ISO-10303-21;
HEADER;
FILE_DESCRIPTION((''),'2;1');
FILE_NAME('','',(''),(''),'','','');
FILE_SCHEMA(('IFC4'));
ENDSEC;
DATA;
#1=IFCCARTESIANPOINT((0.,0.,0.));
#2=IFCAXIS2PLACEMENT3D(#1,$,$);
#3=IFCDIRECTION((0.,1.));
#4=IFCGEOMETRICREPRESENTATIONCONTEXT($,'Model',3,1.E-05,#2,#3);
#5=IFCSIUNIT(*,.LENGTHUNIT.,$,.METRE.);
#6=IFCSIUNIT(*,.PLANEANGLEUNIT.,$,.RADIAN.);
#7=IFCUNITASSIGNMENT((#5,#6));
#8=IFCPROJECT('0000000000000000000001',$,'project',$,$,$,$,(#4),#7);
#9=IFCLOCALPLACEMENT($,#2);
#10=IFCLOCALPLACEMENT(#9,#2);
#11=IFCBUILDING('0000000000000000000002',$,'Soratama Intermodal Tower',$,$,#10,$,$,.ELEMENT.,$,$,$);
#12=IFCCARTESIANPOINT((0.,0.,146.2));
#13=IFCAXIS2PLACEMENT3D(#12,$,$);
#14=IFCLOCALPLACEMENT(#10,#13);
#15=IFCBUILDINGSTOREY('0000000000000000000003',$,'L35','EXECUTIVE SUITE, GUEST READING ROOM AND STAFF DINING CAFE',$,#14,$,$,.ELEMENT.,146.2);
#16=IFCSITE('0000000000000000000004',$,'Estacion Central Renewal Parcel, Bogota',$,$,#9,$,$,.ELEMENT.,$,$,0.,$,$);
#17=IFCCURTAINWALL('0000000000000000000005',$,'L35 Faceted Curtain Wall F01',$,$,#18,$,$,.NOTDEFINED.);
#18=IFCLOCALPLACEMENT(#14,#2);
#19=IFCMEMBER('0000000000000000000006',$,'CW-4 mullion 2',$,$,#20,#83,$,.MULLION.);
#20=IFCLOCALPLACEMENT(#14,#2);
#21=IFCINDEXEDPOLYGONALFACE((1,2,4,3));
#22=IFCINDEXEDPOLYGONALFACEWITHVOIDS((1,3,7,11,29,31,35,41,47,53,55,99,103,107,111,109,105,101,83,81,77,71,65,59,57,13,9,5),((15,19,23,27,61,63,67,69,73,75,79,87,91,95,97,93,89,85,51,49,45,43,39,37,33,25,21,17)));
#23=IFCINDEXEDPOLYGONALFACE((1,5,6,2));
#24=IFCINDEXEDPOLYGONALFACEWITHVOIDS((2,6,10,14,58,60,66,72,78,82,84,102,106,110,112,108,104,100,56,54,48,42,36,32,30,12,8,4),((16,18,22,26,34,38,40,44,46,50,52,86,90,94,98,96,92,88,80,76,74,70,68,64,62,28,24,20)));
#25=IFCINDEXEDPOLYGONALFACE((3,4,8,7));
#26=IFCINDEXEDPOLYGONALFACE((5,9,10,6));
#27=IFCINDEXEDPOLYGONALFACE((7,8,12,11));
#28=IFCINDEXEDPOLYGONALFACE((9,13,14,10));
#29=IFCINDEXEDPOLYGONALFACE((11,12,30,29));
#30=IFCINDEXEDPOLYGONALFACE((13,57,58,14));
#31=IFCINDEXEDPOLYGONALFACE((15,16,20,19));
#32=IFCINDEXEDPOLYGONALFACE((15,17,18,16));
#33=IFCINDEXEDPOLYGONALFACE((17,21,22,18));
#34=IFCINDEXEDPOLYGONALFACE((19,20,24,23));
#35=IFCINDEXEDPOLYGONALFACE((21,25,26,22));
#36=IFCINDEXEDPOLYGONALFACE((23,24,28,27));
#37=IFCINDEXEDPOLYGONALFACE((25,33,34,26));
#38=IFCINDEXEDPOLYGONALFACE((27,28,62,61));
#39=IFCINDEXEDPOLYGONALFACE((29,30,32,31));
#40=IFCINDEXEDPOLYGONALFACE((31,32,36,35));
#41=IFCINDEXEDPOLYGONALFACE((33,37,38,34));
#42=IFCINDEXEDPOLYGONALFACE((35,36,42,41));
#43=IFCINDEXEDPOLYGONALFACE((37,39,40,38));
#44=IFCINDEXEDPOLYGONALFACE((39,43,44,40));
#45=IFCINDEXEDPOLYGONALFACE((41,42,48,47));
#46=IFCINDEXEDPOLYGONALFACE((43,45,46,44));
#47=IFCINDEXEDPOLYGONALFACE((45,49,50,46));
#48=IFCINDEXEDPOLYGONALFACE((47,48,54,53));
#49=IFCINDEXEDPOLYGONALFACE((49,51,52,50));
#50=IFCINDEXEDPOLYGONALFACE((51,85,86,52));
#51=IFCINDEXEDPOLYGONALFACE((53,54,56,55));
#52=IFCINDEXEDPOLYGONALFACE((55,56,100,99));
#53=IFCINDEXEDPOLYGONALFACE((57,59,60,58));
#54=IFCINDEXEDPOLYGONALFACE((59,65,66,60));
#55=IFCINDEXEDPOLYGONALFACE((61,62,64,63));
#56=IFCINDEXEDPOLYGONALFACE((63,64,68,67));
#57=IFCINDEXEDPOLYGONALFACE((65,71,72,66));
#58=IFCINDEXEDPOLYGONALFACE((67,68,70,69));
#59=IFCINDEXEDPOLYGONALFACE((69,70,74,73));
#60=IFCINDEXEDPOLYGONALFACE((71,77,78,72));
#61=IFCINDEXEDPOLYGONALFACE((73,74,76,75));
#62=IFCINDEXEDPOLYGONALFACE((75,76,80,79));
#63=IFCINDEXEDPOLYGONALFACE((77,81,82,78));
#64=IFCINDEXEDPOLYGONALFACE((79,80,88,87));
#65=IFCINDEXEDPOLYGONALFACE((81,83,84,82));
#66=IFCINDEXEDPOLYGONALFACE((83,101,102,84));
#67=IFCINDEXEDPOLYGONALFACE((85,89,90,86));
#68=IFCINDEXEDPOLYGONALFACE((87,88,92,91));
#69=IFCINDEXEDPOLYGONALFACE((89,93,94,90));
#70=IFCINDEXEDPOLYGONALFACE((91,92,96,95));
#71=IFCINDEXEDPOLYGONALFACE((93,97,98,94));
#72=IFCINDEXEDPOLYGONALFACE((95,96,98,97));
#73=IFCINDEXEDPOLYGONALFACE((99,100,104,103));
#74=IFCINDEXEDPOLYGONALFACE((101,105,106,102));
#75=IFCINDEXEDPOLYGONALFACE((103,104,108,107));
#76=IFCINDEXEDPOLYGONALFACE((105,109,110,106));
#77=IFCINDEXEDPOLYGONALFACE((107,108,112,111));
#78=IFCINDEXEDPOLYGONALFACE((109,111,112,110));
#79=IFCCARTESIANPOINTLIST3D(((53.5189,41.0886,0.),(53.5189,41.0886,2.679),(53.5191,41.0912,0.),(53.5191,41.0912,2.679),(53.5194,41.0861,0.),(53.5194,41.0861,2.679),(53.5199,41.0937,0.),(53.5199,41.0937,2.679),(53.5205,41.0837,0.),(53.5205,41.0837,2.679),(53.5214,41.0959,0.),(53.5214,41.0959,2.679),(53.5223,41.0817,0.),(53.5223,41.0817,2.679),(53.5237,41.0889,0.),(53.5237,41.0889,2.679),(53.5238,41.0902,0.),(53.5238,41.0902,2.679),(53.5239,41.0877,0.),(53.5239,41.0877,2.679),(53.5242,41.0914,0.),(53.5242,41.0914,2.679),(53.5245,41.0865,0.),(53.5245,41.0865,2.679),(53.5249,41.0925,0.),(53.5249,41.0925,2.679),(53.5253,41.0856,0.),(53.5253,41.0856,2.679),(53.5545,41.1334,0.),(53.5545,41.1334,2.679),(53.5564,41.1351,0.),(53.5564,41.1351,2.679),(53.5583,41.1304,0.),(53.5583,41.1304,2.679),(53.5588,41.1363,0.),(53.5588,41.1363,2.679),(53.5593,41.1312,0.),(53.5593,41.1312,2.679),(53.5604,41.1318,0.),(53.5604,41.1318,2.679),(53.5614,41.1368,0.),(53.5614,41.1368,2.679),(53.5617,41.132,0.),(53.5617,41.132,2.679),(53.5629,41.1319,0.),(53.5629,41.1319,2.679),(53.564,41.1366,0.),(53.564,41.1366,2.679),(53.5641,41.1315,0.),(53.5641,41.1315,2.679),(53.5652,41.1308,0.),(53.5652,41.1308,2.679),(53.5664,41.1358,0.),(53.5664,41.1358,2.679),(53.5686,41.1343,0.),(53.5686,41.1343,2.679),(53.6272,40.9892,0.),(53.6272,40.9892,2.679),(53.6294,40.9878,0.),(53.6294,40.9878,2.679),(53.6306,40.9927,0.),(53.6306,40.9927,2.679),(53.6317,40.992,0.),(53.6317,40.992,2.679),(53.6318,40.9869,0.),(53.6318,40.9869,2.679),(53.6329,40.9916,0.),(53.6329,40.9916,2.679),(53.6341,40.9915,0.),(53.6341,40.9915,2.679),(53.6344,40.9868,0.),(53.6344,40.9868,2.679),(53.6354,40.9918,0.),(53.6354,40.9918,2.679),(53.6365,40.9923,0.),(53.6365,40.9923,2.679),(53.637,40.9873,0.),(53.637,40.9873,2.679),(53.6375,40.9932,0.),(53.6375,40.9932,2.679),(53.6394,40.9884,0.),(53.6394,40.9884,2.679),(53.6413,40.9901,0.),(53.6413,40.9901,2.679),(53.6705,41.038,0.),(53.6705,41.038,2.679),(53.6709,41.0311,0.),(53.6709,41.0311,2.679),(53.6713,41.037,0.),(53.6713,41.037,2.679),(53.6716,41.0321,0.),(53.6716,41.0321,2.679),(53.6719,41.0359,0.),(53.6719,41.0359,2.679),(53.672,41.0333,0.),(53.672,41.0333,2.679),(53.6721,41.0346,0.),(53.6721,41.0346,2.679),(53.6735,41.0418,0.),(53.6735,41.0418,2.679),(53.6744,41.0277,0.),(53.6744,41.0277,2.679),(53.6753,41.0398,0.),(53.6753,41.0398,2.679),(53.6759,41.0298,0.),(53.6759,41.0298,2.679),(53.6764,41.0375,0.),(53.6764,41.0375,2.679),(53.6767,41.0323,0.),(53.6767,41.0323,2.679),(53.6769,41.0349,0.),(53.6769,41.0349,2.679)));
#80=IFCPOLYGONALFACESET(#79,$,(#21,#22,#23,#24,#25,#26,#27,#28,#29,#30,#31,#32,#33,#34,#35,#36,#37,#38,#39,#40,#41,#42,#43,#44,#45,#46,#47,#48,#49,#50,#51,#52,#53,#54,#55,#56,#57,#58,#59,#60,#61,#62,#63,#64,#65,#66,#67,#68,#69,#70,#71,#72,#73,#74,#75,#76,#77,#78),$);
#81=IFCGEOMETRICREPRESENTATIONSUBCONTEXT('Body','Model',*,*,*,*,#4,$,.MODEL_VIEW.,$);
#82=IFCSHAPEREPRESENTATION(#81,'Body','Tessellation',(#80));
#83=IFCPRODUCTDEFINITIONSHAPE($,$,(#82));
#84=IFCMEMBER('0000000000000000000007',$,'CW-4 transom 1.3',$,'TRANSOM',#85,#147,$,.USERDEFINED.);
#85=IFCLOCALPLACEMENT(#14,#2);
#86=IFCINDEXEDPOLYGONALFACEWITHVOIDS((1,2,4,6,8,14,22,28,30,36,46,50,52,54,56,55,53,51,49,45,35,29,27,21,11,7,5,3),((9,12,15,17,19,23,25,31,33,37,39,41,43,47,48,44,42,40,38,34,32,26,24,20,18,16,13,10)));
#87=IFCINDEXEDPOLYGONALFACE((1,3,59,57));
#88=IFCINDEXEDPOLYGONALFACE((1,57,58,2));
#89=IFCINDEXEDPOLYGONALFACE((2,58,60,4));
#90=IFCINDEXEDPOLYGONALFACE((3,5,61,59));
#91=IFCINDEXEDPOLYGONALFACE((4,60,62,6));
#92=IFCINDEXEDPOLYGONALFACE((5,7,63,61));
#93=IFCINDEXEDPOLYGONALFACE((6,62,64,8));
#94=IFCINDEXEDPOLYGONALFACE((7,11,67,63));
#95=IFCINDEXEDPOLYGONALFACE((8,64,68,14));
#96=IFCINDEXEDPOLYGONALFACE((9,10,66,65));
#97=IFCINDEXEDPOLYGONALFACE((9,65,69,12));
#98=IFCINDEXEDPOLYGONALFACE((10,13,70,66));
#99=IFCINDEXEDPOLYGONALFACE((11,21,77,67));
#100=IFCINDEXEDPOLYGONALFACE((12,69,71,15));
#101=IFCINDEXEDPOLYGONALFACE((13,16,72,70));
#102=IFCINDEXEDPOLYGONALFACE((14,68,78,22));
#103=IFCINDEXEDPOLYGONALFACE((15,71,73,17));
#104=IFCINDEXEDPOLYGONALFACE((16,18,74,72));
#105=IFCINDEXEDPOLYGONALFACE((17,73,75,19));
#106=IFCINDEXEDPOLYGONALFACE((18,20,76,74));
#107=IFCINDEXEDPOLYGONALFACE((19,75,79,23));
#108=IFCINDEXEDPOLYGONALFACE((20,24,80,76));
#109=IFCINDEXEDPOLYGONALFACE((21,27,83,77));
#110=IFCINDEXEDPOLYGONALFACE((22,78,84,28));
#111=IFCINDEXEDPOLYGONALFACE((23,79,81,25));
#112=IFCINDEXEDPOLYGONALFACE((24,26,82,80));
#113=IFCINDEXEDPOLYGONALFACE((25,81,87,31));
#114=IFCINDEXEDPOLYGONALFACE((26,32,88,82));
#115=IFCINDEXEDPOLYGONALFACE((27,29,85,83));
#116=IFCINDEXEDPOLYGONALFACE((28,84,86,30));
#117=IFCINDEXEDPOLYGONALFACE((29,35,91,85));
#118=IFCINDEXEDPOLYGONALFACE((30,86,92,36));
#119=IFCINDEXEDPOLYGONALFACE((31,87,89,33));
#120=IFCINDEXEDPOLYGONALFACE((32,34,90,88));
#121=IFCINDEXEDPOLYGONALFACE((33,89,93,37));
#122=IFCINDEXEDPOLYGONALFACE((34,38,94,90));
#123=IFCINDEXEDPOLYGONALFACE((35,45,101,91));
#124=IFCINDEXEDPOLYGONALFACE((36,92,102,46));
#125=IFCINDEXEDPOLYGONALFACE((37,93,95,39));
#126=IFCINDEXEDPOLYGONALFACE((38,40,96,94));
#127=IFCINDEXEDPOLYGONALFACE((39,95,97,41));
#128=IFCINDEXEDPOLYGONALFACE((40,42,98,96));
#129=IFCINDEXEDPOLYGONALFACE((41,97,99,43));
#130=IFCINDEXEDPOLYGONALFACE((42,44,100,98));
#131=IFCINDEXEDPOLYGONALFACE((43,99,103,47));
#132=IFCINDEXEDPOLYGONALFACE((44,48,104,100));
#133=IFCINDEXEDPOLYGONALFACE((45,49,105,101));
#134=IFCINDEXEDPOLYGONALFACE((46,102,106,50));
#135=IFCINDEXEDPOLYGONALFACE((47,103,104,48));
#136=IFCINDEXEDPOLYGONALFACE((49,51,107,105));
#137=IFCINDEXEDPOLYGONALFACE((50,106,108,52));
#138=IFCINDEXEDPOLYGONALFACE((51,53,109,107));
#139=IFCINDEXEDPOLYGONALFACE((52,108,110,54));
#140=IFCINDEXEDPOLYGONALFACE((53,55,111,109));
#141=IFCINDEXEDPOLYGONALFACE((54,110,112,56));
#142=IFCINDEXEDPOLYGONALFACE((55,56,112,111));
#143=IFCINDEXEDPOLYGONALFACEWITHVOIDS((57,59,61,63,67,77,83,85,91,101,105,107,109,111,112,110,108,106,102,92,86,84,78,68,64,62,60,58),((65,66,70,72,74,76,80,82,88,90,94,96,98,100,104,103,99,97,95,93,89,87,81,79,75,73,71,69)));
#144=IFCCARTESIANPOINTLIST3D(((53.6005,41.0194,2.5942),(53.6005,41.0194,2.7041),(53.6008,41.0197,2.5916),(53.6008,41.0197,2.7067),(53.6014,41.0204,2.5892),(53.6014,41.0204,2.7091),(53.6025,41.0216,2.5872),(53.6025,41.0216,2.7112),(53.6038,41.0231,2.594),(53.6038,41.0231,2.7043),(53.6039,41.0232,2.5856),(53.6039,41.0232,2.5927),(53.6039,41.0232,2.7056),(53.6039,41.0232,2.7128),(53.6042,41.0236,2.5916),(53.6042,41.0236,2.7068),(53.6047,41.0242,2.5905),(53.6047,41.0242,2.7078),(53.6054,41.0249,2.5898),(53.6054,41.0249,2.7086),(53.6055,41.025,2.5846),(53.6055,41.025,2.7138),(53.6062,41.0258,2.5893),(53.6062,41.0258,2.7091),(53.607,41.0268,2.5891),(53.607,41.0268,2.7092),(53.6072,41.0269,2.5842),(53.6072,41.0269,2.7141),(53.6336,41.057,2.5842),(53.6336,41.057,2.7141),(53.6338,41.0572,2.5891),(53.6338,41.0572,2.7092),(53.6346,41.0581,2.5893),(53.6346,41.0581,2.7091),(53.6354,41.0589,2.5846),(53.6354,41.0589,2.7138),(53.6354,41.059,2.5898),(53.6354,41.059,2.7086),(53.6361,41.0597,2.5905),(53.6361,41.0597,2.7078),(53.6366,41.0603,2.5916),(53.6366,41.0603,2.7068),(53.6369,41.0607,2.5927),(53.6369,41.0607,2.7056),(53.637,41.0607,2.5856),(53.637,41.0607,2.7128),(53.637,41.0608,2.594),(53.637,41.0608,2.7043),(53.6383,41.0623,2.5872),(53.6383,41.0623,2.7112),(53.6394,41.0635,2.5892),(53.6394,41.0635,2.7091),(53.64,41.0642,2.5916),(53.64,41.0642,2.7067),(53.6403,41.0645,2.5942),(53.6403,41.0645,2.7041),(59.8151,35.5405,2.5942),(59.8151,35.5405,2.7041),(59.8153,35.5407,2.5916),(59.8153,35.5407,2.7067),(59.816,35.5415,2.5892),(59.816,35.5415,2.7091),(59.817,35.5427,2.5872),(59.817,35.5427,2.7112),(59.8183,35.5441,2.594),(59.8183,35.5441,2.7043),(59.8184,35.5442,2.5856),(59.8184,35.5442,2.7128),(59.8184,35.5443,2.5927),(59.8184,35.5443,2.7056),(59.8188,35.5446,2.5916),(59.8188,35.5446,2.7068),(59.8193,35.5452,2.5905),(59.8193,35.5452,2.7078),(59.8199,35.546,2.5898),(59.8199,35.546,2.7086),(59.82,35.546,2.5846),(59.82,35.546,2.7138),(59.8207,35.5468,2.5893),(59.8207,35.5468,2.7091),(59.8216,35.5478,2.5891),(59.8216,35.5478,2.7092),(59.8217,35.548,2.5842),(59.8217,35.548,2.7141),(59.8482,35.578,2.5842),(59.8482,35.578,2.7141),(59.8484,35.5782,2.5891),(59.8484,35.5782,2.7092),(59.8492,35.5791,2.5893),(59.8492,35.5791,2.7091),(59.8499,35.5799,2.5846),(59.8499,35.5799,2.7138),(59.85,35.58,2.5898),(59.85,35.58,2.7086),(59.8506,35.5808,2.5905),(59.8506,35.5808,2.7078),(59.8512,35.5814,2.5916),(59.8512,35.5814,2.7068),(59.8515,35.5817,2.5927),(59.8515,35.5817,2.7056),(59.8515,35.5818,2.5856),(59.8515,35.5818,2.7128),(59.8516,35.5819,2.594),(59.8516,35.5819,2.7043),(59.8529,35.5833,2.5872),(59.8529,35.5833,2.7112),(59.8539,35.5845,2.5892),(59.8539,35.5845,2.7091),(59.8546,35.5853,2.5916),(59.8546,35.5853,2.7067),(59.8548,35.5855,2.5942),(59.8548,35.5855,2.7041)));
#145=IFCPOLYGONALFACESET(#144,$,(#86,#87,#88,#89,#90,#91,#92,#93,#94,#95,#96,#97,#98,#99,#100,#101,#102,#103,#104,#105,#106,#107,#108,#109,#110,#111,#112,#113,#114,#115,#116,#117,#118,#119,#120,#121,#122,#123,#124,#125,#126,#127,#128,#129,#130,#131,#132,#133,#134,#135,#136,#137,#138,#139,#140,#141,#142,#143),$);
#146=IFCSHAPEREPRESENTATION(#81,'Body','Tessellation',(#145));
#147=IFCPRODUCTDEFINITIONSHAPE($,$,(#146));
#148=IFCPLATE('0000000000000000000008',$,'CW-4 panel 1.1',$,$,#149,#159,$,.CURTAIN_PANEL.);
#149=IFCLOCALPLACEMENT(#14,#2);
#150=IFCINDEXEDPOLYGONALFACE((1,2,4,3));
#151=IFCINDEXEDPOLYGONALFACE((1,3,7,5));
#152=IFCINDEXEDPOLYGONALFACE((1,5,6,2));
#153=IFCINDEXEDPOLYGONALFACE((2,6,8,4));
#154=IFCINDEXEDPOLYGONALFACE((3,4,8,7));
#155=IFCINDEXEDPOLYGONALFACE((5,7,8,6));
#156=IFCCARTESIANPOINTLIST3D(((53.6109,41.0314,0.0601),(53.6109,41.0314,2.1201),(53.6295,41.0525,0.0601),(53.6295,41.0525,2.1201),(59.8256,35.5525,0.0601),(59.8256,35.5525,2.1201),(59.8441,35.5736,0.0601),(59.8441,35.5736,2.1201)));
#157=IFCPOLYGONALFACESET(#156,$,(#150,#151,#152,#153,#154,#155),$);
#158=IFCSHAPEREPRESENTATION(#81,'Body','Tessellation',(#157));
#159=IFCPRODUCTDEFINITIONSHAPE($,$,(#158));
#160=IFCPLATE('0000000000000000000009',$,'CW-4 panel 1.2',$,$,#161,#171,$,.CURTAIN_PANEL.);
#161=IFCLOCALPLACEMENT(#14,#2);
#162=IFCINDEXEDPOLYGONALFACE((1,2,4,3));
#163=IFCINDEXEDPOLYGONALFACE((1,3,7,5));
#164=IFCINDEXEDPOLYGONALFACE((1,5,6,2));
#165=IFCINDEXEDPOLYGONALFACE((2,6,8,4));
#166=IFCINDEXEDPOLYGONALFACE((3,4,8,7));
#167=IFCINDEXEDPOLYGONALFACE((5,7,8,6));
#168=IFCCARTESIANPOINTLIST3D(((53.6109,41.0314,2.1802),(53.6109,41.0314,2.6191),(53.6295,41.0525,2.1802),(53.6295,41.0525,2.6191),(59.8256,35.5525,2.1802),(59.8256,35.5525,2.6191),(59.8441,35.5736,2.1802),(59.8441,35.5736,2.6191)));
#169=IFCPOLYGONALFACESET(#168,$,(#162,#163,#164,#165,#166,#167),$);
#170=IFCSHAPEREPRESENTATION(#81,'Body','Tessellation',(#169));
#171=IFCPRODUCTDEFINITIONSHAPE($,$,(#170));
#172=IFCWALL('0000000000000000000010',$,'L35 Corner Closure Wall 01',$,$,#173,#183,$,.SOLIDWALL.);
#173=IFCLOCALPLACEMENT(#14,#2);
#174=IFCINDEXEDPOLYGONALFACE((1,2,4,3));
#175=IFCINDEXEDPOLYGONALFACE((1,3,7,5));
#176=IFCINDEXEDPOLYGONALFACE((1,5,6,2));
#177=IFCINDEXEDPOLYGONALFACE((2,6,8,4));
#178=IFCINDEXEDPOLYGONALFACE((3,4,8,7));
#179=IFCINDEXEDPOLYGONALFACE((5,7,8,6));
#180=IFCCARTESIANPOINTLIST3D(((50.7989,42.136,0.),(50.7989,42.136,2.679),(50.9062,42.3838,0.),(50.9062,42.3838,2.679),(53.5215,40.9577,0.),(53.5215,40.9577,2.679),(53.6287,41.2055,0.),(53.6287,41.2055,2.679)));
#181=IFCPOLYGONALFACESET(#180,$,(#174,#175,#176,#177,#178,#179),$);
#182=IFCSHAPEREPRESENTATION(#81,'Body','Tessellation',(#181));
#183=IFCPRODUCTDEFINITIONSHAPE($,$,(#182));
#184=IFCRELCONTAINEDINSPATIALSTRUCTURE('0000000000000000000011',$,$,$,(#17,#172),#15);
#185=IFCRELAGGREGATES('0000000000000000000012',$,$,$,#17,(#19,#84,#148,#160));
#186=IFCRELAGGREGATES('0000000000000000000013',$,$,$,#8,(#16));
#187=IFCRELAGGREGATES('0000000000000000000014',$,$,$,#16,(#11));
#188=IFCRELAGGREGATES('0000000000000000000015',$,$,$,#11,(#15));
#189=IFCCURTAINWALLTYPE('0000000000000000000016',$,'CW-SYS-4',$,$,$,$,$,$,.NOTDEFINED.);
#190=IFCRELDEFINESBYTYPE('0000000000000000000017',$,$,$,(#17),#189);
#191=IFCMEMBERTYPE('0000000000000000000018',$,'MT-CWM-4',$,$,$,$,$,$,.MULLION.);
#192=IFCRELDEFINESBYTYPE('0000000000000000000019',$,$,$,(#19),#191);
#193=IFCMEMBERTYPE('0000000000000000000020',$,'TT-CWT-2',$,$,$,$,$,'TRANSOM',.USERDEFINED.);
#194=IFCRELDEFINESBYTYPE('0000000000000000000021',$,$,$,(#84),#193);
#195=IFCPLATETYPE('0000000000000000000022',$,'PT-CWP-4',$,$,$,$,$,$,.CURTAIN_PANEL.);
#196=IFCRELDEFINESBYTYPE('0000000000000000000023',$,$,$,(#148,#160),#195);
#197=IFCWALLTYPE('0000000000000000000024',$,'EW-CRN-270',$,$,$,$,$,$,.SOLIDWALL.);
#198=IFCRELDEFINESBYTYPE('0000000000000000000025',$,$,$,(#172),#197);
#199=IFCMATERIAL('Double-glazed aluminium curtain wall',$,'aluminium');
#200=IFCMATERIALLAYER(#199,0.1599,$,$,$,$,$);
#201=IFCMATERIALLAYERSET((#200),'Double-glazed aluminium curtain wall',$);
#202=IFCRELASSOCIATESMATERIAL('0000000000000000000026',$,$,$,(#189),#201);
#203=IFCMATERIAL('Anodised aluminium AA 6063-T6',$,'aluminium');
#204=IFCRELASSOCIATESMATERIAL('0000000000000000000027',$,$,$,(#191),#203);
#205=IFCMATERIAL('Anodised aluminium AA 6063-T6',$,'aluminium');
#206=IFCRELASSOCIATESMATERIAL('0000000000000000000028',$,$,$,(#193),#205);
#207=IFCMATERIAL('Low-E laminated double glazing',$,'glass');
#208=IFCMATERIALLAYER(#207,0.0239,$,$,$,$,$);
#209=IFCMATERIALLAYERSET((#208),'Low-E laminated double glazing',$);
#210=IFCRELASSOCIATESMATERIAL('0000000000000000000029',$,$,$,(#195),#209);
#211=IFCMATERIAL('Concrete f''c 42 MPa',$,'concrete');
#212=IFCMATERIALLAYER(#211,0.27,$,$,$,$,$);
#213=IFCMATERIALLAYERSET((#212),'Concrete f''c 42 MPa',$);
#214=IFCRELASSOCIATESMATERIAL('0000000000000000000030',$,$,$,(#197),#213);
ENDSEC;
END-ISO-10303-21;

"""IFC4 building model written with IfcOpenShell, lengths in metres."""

from ifc_helpers import new_model, si_unit, direction, frame, frame_2d, origin, origin_2d, place, context, subcontext, project, spatial, rectangle, hollow_rectangle, extrude, material, layer, layer_set, material_profile, profile_set, type_object, element, aggregate, save


model = new_model("IFC4")

# Units and contexts
model_context = context("Model", 3, precision=1e-05, world=origin(), true_north=direction((0.0, 1.0)))
body_context = subcontext(model_context, "Body", "Model", "MODEL_VIEW")
ifc_project = project(units=[si_unit("LENGTHUNIT", "METRE"), si_unit("PLANEANGLEUNIT", "RADIAN")], contexts=[model_context])

# Site, building, storey
site_placement = place(None, origin())
site = spatial("IfcSite", under=ifc_project, at=site_placement, Name="Estacion Central Renewal Parcel, Bogota", CompositionType="ELEMENT", RefElevation=0.0)
building_placement = place(site_placement, origin())
building = spatial("IfcBuilding", under=site, at=building_placement, Name="Soratama Intermodal Tower", CompositionType="ELEMENT")
storey_placement = place(building_placement, frame((0.0, 0.0, 146.2)))
storey = spatial("IfcBuildingStorey", under=building, at=storey_placement, Name="L35", Description="EXECUTIVE SUITE, GUEST READING ROOM AND STAFF DINING CAFE", CompositionType="ELEMENT", Elevation=146.2)

# Curtain wall, members, plates
ifc_material_1 = material(Name="Double-glazed aluminium curtain wall", Category="aluminium")
ifc_layer_1 = layer(ifc_material_1, 0.1599)
ifc_layer_set_1 = layer_set([ifc_layer_1], Name="Double-glazed aluminium curtain wall")
curtain_wall_type = type_object("IfcCurtainWallType", Name="CW-SYS-4", PredefinedType="NOTDEFINED", material=ifc_layer_set_1)
curtain_wall_placement = place(storey_placement, origin())
curtain_wall = element("IfcCurtainWall", 1, at=curtain_wall_placement, inside=storey, type_object=curtain_wall_type, Name="L35 Faceted Curtain Wall F01", PredefinedType="NOTDEFINED")
ifc_material_2 = material(Name="Anodised aluminium AA 6063-T6", Category="aluminium")
ifc_material_profile_1 = material_profile(ifc_material_2, hollow_rectangle(XDim=0.0701, YDim=0.1599, WallThickness=0.0049, InnerFilletRadius=0.0049, OuterFilletRadius=0.01, at=origin_2d()), Name="CWM160X70X5")
ifc_profile_set_1 = profile_set([ifc_material_profile_1], Name="Anodised aluminium AA 6063-T6")
member_type_1 = type_object("IfcMemberType", Name="MT-CWM-4", PredefinedType="MULLION", material=ifc_profile_set_1)
member_1_placement = place(storey_placement, frame((53.5979, 41.0618, 0.0), z_axis=(0.0, 0.0, 1.0), x_axis=(-0.661309, -0.750113, 0.0)))
member_1 = element("IfcMember", 2, at=member_1_placement, type_object=member_type_1, Name="CW-4 mullion 2", PredefinedType="MULLION", context=body_context, shape_type="SweptSolid", body=[
    extrude(hollow_rectangle(XDim=0.0701, YDim=0.1599, WallThickness=0.0049, InnerFilletRadius=0.0049, OuterFilletRadius=0.01, at=origin_2d()), origin(), (0.0, 0.0, 1.0), 2.679),
])
ifc_material_3 = material(Name="Anodised aluminium AA 6063-T6", Category="aluminium")
ifc_material_profile_2 = material_profile(ifc_material_3, hollow_rectangle(XDim=0.0601, YDim=0.1299, WallThickness=0.0049, InnerFilletRadius=0.0049, OuterFilletRadius=0.01, at=origin_2d()), Name="CWT130X60X5")
ifc_profile_set_2 = profile_set([ifc_material_profile_2], Name="Anodised aluminium AA 6063-T6")
member_type_2 = type_object("IfcMemberType", Name="TT-CWT-2", ElementType="TRANSOM", PredefinedType="USERDEFINED", material=ifc_profile_set_2)
member_2_placement = place(storey_placement, frame((59.835, 35.563, 2.6492), z_axis=(-0.750105, 0.661318, 0.0), x_axis=(-0.661318, -0.750105, 0.0)))
member_2 = element("IfcMember", 3, at=member_2_placement, type_object=member_type_2, Name="CW-4 transom 1.3", ObjectType="TRANSOM", PredefinedType="USERDEFINED", context=body_context, shape_type="SweptSolid", body=[
    extrude(hollow_rectangle(XDim=0.0601, YDim=0.1299, WallThickness=0.0049, InnerFilletRadius=0.0049, OuterFilletRadius=0.01, at=origin_2d()), origin(), (0.0, 0.0, 1.0), 8.2849),
])
ifc_material_4 = material(Name="Low-E laminated double glazing", Category="glass")
ifc_layer_2 = layer(ifc_material_4, 0.0239)
ifc_layer_set_2 = layer_set([ifc_layer_2], Name="Low-E laminated double glazing")
plate_type = type_object("IfcPlateType", Name="PT-CWP-4", PredefinedType="CURTAIN_PANEL", material=ifc_layer_set_2)
plate_1_placement = place(storey_placement, frame((56.7275, 38.3025, 0.0601), z_axis=(0.0, 0.0, 1.0), x_axis=(-0.750113, 0.661309, 0.0)))
plate_1 = element("IfcPlate", 4, at=plate_1_placement, type_object=plate_type, Name="CW-4 panel 1.1", PredefinedType="CURTAIN_PANEL", context=body_context, shape_type="SweptSolid", body=[
    extrude(rectangle(XDim=8.2849, YDim=0.0281, at=origin_2d()), origin(), (0.0, 0.0, 1.0), 2.0601),
])
plate_2_placement = place(storey_placement, frame((56.7275, 38.3025, 2.1802), z_axis=(0.0, 0.0, 1.0), x_axis=(-0.750113, 0.661309, 0.0)))
plate_2 = element("IfcPlate", 5, at=plate_2_placement, type_object=plate_type, Name="CW-4 panel 1.2", PredefinedType="CURTAIN_PANEL", context=body_context, shape_type="SweptSolid", body=[
    extrude(rectangle(XDim=8.2849, YDim=0.0281, at=origin_2d()), origin(), (0.0, 0.0, 1.0), 0.439),
])
aggregate(curtain_wall, [member_1, member_2, plate_1, plate_2])

# Wall
ifc_material_5 = material(Name="Concrete f'c 42 MPa", Category="concrete")
ifc_layer_3 = layer(ifc_material_5, 0.27)
ifc_layer_set_3 = layer_set([ifc_layer_3], Name="Concrete f'c 42 MPa")
wall_type_1 = type_object("IfcWallType", Name="EW-CRN-270", PredefinedType="SOLIDWALL", material=ifc_layer_set_3)
wall_1_placement = place(storey_placement, frame((53.5752, 41.0815, 0.0), z_axis=(0.0, 0.0, 1.0), x_axis=(-0.917739, 0.397185, 0.0)))
element("IfcWall", 6, at=wall_1_placement, inside=storey, type_object=wall_type_1, Name="L35 Corner Closure Wall 01", PredefinedType="SOLIDWALL", context=body_context, shape_type="SweptSolid", body=[
    extrude(rectangle(XDim=2.9666, YDim=0.27, at=frame_2d((1.4834, 0.0))), origin(), (0.0, 0.0, 1.0), 2.679),
])

save(model, "model.ifc")
